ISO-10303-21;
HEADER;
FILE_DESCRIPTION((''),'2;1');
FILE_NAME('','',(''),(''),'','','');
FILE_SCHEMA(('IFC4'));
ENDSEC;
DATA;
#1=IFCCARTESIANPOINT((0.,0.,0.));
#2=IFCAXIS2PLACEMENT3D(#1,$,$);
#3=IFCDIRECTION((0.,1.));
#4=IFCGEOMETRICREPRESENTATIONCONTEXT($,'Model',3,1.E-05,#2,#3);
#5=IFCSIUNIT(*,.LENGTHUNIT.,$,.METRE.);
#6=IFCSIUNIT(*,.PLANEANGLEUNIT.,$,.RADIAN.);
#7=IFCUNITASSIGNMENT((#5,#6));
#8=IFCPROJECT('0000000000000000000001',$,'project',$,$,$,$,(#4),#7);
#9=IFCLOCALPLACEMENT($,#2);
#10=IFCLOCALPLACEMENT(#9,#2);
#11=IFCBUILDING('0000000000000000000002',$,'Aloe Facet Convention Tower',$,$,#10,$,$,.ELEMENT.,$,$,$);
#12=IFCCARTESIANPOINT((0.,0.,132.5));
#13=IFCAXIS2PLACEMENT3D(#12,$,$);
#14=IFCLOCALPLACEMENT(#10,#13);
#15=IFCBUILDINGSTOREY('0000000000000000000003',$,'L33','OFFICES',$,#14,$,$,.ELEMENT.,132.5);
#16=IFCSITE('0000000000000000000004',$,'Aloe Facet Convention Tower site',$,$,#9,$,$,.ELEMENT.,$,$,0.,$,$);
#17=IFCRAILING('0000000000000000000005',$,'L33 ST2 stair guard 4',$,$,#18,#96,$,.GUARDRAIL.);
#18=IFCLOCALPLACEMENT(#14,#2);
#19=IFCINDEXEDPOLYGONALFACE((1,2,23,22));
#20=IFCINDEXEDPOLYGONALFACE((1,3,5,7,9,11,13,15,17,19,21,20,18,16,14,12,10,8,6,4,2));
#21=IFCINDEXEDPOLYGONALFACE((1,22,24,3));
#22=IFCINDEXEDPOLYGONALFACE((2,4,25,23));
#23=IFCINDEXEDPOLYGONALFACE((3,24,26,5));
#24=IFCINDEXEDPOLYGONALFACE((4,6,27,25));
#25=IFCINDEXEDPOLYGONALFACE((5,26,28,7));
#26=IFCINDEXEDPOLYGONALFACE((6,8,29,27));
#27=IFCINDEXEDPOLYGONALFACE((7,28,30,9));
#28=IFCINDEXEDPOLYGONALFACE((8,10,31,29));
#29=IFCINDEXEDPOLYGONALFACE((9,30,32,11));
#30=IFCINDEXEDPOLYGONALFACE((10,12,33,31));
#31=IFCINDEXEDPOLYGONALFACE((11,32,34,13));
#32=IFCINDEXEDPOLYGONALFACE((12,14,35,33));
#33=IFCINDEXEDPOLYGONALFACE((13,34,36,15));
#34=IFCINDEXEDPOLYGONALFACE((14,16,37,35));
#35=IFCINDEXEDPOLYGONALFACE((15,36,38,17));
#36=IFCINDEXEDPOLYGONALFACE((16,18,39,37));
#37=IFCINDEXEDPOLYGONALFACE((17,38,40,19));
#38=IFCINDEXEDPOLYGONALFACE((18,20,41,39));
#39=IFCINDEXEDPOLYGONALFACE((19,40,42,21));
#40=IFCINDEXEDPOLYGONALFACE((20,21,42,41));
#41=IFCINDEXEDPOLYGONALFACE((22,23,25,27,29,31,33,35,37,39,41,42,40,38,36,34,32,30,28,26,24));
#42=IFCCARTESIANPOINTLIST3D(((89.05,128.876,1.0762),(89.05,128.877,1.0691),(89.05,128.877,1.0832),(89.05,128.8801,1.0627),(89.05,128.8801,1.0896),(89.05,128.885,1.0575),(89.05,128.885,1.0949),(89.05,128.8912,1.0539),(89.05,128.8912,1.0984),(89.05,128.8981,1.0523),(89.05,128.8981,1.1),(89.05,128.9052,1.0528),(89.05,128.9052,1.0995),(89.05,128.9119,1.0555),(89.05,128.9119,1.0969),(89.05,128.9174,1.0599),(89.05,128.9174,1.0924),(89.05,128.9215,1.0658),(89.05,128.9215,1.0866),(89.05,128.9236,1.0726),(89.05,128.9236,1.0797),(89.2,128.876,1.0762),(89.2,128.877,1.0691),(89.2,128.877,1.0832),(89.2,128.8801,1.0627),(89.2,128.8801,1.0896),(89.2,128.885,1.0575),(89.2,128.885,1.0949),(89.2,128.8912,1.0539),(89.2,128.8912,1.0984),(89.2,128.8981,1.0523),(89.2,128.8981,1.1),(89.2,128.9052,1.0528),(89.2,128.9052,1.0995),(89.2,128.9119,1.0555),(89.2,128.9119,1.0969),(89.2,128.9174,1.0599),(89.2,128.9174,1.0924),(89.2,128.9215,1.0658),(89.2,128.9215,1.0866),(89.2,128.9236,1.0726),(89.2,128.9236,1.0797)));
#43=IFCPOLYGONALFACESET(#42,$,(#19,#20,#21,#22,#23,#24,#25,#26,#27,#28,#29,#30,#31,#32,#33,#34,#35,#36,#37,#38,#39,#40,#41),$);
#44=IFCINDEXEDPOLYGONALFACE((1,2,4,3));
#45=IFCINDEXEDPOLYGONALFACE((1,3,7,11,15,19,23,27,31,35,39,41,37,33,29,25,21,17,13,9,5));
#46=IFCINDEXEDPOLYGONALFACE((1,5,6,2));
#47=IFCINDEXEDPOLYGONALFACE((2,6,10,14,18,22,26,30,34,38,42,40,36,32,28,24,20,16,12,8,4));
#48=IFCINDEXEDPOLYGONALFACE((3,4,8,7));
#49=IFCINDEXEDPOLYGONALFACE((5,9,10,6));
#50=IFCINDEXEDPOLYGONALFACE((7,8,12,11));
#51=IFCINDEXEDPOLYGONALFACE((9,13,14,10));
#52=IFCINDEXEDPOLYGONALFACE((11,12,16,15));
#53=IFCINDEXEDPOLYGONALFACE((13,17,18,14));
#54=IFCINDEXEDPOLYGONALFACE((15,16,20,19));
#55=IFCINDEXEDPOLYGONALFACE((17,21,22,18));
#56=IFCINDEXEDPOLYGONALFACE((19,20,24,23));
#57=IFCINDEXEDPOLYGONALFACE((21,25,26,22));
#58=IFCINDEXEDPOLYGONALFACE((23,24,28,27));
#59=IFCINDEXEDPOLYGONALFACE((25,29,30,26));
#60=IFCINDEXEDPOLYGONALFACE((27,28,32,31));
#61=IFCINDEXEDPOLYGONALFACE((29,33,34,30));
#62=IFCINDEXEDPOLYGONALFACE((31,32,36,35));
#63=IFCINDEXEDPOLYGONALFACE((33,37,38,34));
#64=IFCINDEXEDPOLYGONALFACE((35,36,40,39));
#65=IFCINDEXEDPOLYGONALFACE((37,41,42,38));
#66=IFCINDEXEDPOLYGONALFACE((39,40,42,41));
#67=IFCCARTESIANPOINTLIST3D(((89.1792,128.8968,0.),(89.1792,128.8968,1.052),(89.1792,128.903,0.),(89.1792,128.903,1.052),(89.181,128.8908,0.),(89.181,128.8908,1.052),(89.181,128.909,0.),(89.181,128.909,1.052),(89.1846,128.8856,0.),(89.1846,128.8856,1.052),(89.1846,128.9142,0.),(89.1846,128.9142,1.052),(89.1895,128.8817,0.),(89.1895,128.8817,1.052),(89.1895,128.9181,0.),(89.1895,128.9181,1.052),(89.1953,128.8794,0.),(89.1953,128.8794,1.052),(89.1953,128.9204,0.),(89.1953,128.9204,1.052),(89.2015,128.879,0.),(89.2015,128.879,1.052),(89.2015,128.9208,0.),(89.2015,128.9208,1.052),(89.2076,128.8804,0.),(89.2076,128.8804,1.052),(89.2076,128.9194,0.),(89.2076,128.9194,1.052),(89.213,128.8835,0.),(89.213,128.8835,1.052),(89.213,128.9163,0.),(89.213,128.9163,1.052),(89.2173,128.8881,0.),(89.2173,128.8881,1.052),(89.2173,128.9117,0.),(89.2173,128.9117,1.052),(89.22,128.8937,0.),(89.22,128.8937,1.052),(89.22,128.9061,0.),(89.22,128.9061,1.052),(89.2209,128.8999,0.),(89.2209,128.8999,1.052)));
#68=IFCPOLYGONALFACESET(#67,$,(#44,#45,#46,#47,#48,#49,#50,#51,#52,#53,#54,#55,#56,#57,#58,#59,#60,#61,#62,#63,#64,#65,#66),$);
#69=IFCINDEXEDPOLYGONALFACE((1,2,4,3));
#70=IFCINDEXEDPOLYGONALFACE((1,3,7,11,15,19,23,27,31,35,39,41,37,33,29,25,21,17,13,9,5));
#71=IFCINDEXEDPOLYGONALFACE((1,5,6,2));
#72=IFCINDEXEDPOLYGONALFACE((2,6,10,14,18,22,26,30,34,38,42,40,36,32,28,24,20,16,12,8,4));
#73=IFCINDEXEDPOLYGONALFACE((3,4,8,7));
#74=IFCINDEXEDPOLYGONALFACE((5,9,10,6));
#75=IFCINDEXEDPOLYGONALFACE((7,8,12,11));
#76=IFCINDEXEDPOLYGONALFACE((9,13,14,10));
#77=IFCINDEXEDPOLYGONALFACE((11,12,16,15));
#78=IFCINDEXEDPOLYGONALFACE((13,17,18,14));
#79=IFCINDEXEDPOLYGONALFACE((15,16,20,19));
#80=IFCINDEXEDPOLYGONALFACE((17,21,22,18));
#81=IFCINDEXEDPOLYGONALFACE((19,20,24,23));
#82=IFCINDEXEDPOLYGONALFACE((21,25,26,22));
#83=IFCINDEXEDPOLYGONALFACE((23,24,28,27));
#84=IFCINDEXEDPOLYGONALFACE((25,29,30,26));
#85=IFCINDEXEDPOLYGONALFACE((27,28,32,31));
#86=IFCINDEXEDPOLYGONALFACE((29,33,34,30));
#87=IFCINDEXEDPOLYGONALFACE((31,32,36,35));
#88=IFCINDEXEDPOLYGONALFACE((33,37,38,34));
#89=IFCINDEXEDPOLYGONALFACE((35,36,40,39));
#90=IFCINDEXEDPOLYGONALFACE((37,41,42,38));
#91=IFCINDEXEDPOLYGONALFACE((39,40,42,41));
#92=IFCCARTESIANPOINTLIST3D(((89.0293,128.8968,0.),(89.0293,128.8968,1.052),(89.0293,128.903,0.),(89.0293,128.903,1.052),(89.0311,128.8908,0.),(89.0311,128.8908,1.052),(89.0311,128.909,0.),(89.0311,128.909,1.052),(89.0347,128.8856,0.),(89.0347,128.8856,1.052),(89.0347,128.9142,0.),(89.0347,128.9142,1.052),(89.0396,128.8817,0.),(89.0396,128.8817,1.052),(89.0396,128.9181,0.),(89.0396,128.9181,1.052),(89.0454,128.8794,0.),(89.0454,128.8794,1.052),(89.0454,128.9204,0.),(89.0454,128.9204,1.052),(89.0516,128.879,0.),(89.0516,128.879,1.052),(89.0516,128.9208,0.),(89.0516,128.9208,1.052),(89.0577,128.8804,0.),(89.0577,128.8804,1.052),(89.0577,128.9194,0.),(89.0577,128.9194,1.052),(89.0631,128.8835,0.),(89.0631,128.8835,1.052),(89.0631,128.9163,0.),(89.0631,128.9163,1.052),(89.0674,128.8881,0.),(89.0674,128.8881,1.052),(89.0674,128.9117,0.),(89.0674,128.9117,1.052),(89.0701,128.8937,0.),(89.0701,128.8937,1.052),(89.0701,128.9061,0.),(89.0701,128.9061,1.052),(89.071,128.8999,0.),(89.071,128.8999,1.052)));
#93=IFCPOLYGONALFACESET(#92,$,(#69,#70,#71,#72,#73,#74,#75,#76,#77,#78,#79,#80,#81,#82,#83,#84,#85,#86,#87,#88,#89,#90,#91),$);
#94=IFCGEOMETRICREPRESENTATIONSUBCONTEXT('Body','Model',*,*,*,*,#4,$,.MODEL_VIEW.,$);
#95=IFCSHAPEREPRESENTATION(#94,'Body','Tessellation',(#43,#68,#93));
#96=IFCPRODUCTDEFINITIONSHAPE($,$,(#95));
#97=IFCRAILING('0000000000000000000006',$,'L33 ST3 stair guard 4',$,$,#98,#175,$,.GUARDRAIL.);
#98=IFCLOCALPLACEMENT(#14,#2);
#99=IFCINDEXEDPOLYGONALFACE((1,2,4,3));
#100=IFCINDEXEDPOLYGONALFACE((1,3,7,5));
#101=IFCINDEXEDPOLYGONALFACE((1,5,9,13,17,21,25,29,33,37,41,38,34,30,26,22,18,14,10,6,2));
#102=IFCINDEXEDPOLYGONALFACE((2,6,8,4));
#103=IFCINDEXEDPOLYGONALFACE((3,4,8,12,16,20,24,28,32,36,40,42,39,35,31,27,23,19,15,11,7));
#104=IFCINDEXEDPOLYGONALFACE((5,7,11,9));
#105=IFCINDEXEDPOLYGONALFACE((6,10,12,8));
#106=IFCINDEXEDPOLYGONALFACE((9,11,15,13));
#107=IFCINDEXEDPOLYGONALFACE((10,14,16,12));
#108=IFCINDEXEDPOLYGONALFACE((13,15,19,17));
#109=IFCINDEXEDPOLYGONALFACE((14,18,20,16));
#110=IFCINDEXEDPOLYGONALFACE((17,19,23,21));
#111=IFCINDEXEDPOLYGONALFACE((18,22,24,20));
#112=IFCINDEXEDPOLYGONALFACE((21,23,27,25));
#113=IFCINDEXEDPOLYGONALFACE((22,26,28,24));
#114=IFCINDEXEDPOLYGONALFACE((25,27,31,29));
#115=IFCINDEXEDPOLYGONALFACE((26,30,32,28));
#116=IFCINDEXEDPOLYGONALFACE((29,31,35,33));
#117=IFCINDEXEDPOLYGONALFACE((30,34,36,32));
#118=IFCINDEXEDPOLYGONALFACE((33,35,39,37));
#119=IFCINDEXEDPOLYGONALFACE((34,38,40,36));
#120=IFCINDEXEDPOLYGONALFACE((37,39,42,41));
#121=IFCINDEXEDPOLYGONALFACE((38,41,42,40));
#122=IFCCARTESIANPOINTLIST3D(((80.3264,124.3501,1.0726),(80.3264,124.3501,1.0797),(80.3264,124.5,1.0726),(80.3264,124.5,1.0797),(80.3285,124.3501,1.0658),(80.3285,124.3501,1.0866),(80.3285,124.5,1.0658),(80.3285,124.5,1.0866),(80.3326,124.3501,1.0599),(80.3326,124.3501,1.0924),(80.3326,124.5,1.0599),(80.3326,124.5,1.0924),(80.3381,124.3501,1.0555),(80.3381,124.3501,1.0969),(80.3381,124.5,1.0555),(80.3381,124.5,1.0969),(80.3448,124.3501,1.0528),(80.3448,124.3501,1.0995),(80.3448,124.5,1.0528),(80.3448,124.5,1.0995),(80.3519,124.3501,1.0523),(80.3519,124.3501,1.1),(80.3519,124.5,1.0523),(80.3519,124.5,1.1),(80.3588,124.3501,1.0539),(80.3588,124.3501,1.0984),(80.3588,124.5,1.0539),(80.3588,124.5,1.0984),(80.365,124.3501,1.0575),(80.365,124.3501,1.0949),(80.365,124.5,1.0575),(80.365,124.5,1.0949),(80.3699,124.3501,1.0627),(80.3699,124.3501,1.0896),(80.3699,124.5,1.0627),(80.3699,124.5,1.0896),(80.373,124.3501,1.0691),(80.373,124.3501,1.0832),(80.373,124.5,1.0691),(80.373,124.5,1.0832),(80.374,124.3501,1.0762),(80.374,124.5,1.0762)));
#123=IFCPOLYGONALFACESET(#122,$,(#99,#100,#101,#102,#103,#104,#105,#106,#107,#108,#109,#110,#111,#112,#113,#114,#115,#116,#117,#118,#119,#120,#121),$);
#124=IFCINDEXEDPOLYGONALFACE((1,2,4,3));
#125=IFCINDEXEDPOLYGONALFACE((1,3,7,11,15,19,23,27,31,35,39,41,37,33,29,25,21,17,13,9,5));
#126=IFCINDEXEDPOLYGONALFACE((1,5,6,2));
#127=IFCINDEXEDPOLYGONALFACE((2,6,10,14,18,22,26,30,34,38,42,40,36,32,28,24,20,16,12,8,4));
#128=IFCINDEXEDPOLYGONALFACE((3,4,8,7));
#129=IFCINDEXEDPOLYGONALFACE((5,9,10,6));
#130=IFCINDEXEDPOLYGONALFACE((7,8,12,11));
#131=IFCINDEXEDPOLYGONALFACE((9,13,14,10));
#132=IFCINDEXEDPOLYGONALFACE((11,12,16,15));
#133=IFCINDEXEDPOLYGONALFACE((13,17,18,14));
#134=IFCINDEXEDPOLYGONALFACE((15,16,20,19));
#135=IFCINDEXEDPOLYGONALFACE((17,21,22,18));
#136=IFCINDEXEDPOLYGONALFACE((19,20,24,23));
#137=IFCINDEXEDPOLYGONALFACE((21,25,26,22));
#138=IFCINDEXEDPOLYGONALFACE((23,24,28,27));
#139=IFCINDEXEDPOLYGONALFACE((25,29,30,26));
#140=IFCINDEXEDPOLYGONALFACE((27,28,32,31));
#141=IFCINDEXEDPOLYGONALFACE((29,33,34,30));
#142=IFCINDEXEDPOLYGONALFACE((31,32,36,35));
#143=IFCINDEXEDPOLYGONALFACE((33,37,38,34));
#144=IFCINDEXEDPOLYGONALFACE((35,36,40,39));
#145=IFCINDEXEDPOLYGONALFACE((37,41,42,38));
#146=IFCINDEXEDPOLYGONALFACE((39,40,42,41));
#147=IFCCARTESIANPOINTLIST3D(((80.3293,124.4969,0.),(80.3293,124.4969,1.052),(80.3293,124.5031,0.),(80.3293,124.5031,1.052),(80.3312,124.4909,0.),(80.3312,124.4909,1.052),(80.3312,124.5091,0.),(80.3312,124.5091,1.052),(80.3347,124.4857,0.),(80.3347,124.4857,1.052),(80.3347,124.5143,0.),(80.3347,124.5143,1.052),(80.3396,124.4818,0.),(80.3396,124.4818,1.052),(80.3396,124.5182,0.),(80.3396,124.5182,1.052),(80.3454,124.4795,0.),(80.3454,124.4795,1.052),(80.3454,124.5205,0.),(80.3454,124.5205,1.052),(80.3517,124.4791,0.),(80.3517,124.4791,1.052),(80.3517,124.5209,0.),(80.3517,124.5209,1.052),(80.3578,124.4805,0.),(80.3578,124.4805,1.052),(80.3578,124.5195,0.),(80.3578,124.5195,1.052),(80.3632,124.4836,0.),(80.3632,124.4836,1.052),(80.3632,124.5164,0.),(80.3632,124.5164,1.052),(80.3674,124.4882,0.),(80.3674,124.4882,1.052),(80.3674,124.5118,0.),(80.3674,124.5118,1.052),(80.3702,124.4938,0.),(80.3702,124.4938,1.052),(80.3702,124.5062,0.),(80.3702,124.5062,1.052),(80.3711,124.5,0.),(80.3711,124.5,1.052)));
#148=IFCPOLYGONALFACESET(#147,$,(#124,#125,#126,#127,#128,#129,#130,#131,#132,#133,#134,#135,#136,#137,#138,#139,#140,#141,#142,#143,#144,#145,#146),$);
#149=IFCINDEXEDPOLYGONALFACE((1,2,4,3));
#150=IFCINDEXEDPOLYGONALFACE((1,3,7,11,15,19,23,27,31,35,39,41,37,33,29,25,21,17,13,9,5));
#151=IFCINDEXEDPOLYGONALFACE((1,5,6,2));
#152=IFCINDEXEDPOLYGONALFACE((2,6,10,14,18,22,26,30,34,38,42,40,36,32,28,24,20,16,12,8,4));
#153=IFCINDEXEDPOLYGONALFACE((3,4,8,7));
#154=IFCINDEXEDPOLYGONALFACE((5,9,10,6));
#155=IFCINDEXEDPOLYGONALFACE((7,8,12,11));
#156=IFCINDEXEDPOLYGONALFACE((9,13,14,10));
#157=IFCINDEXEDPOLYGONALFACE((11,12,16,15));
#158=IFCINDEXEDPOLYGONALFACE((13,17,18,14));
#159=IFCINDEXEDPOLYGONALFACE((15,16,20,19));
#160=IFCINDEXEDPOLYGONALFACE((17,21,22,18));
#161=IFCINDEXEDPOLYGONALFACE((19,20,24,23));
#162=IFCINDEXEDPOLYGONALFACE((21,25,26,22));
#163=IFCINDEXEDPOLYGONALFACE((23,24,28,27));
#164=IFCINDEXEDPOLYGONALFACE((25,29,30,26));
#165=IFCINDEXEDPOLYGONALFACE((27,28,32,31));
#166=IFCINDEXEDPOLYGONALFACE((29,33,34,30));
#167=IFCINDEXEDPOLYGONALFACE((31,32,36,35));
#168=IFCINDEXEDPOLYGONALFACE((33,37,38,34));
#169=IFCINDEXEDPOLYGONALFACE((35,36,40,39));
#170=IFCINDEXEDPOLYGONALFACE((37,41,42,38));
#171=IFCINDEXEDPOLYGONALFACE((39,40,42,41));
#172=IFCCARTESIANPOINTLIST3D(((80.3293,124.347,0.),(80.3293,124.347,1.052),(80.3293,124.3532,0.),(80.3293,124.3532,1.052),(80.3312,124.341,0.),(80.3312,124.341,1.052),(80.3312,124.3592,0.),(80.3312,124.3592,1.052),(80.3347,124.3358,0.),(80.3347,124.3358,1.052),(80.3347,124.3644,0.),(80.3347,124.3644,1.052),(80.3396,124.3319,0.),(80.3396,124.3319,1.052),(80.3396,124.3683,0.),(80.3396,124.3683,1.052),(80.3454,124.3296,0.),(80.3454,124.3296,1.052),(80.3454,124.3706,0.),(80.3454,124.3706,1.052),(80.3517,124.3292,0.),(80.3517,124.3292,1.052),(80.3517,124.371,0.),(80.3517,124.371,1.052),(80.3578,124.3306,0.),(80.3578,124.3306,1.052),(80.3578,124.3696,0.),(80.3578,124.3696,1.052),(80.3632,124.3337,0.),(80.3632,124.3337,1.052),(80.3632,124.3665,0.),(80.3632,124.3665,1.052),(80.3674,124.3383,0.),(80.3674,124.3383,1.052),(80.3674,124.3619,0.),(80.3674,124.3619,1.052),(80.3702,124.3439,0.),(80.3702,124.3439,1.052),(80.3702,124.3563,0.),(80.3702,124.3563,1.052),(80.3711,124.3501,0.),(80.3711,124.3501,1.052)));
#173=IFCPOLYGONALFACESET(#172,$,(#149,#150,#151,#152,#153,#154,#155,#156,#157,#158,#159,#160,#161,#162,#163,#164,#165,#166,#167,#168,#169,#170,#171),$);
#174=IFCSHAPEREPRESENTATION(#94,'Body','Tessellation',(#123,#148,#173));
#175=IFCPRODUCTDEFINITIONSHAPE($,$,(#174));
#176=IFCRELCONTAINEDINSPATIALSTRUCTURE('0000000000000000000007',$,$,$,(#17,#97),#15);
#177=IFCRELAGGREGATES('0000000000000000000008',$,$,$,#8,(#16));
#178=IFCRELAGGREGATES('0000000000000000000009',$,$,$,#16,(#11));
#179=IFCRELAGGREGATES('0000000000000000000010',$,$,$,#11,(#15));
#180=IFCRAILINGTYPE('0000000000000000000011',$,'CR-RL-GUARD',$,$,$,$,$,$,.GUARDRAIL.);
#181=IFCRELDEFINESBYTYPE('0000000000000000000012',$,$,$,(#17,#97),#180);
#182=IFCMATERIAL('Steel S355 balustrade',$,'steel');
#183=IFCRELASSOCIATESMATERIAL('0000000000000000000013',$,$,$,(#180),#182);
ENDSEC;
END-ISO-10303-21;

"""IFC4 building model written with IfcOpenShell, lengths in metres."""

from ifc_helpers import new_model, si_unit, direction, frame, origin, origin_2d, place, context, subcontext, project, spatial, circle, extrude, material, type_object, element, save


model = new_model("IFC4")

# Units and contexts
model_context = context("Model", 3, precision=1e-05, world=origin(), true_north=direction((0.0, 1.0)))
body_context = subcontext(model_context, "Body", "Model", "MODEL_VIEW")
ifc_project = project(units=[si_unit("LENGTHUNIT", "METRE"), si_unit("PLANEANGLEUNIT", "RADIAN")], contexts=[model_context])

# Site, building, storey
site_placement = place(None, origin())
site = spatial("IfcSite", under=ifc_project, at=site_placement, Name="Aloe Facet Convention Tower site", CompositionType="ELEMENT", RefElevation=0.0)
building_placement = place(site_placement, origin())
building = spatial("IfcBuilding", under=site, at=building_placement, Name="Aloe Facet Convention Tower", CompositionType="ELEMENT")
storey_placement = place(building_placement, frame((0.0, 0.0, 132.5)))
storey = spatial("IfcBuildingStorey", under=building, at=storey_placement, Name="L33", Description="OFFICES", CompositionType="ELEMENT", Elevation=132.5)

# Railings
ifc_material_1 = material(Name="Steel S355 balustrade", Category="steel")
railing_type_1 = type_object("IfcRailingType", Name="CR-RL-GUARD", PredefinedType="GUARDRAIL", material=ifc_material_1)
railing_1_placement = place(storey_placement, frame((89.2, 128.8999, 0.0)))
element("IfcRailing", 1, at=railing_1_placement, inside=storey, type_object=railing_type_1, Name="L33 ST2 stair guard 4", PredefinedType="GUARDRAIL", context=body_context, shape_type="SweptSolid", body=[
    extrude(circle(Radius=0.0239, at=origin_2d()), frame((0.0, 0.0, 1.0762), z_axis=(-1.0, 0.0, 0.0), x_axis=(0.0, -1.0, 0.0)), (0.0, 0.0, 1.0), 0.1499),
    extrude(circle(Radius=0.021, at=origin_2d()), origin(), (0.0, 0.0, 1.0), 1.052),
    extrude(circle(Radius=0.021, at=origin_2d()), frame((-0.1499, 0.0, 0.0)), (0.0, 0.0, 1.0), 1.052),
])
railing_2_placement = place(storey_placement, frame((80.3501, 124.5, 0.0)))
element("IfcRailing", 2, at=railing_2_placement, inside=storey, type_object=railing_type_1, Name="L33 ST3 stair guard 4", PredefinedType="GUARDRAIL", context=body_context, shape_type="SweptSolid", body=[
    extrude(circle(Radius=0.0239, at=origin_2d()), frame((0.0, 0.0, 1.0762), z_axis=(0.0, -1.0, 0.0), x_axis=(1.0, 0.0, 0.0)), (0.0, 0.0, 1.0), 0.1499),
    extrude(circle(Radius=0.021, at=origin_2d()), origin(), (0.0, 0.0, 1.0), 1.052),
    extrude(circle(Radius=0.021, at=origin_2d()), frame((0.0, -0.1499, 0.0)), (0.0, 0.0, 1.0), 1.052),
])

save(model, "model.ifc")
